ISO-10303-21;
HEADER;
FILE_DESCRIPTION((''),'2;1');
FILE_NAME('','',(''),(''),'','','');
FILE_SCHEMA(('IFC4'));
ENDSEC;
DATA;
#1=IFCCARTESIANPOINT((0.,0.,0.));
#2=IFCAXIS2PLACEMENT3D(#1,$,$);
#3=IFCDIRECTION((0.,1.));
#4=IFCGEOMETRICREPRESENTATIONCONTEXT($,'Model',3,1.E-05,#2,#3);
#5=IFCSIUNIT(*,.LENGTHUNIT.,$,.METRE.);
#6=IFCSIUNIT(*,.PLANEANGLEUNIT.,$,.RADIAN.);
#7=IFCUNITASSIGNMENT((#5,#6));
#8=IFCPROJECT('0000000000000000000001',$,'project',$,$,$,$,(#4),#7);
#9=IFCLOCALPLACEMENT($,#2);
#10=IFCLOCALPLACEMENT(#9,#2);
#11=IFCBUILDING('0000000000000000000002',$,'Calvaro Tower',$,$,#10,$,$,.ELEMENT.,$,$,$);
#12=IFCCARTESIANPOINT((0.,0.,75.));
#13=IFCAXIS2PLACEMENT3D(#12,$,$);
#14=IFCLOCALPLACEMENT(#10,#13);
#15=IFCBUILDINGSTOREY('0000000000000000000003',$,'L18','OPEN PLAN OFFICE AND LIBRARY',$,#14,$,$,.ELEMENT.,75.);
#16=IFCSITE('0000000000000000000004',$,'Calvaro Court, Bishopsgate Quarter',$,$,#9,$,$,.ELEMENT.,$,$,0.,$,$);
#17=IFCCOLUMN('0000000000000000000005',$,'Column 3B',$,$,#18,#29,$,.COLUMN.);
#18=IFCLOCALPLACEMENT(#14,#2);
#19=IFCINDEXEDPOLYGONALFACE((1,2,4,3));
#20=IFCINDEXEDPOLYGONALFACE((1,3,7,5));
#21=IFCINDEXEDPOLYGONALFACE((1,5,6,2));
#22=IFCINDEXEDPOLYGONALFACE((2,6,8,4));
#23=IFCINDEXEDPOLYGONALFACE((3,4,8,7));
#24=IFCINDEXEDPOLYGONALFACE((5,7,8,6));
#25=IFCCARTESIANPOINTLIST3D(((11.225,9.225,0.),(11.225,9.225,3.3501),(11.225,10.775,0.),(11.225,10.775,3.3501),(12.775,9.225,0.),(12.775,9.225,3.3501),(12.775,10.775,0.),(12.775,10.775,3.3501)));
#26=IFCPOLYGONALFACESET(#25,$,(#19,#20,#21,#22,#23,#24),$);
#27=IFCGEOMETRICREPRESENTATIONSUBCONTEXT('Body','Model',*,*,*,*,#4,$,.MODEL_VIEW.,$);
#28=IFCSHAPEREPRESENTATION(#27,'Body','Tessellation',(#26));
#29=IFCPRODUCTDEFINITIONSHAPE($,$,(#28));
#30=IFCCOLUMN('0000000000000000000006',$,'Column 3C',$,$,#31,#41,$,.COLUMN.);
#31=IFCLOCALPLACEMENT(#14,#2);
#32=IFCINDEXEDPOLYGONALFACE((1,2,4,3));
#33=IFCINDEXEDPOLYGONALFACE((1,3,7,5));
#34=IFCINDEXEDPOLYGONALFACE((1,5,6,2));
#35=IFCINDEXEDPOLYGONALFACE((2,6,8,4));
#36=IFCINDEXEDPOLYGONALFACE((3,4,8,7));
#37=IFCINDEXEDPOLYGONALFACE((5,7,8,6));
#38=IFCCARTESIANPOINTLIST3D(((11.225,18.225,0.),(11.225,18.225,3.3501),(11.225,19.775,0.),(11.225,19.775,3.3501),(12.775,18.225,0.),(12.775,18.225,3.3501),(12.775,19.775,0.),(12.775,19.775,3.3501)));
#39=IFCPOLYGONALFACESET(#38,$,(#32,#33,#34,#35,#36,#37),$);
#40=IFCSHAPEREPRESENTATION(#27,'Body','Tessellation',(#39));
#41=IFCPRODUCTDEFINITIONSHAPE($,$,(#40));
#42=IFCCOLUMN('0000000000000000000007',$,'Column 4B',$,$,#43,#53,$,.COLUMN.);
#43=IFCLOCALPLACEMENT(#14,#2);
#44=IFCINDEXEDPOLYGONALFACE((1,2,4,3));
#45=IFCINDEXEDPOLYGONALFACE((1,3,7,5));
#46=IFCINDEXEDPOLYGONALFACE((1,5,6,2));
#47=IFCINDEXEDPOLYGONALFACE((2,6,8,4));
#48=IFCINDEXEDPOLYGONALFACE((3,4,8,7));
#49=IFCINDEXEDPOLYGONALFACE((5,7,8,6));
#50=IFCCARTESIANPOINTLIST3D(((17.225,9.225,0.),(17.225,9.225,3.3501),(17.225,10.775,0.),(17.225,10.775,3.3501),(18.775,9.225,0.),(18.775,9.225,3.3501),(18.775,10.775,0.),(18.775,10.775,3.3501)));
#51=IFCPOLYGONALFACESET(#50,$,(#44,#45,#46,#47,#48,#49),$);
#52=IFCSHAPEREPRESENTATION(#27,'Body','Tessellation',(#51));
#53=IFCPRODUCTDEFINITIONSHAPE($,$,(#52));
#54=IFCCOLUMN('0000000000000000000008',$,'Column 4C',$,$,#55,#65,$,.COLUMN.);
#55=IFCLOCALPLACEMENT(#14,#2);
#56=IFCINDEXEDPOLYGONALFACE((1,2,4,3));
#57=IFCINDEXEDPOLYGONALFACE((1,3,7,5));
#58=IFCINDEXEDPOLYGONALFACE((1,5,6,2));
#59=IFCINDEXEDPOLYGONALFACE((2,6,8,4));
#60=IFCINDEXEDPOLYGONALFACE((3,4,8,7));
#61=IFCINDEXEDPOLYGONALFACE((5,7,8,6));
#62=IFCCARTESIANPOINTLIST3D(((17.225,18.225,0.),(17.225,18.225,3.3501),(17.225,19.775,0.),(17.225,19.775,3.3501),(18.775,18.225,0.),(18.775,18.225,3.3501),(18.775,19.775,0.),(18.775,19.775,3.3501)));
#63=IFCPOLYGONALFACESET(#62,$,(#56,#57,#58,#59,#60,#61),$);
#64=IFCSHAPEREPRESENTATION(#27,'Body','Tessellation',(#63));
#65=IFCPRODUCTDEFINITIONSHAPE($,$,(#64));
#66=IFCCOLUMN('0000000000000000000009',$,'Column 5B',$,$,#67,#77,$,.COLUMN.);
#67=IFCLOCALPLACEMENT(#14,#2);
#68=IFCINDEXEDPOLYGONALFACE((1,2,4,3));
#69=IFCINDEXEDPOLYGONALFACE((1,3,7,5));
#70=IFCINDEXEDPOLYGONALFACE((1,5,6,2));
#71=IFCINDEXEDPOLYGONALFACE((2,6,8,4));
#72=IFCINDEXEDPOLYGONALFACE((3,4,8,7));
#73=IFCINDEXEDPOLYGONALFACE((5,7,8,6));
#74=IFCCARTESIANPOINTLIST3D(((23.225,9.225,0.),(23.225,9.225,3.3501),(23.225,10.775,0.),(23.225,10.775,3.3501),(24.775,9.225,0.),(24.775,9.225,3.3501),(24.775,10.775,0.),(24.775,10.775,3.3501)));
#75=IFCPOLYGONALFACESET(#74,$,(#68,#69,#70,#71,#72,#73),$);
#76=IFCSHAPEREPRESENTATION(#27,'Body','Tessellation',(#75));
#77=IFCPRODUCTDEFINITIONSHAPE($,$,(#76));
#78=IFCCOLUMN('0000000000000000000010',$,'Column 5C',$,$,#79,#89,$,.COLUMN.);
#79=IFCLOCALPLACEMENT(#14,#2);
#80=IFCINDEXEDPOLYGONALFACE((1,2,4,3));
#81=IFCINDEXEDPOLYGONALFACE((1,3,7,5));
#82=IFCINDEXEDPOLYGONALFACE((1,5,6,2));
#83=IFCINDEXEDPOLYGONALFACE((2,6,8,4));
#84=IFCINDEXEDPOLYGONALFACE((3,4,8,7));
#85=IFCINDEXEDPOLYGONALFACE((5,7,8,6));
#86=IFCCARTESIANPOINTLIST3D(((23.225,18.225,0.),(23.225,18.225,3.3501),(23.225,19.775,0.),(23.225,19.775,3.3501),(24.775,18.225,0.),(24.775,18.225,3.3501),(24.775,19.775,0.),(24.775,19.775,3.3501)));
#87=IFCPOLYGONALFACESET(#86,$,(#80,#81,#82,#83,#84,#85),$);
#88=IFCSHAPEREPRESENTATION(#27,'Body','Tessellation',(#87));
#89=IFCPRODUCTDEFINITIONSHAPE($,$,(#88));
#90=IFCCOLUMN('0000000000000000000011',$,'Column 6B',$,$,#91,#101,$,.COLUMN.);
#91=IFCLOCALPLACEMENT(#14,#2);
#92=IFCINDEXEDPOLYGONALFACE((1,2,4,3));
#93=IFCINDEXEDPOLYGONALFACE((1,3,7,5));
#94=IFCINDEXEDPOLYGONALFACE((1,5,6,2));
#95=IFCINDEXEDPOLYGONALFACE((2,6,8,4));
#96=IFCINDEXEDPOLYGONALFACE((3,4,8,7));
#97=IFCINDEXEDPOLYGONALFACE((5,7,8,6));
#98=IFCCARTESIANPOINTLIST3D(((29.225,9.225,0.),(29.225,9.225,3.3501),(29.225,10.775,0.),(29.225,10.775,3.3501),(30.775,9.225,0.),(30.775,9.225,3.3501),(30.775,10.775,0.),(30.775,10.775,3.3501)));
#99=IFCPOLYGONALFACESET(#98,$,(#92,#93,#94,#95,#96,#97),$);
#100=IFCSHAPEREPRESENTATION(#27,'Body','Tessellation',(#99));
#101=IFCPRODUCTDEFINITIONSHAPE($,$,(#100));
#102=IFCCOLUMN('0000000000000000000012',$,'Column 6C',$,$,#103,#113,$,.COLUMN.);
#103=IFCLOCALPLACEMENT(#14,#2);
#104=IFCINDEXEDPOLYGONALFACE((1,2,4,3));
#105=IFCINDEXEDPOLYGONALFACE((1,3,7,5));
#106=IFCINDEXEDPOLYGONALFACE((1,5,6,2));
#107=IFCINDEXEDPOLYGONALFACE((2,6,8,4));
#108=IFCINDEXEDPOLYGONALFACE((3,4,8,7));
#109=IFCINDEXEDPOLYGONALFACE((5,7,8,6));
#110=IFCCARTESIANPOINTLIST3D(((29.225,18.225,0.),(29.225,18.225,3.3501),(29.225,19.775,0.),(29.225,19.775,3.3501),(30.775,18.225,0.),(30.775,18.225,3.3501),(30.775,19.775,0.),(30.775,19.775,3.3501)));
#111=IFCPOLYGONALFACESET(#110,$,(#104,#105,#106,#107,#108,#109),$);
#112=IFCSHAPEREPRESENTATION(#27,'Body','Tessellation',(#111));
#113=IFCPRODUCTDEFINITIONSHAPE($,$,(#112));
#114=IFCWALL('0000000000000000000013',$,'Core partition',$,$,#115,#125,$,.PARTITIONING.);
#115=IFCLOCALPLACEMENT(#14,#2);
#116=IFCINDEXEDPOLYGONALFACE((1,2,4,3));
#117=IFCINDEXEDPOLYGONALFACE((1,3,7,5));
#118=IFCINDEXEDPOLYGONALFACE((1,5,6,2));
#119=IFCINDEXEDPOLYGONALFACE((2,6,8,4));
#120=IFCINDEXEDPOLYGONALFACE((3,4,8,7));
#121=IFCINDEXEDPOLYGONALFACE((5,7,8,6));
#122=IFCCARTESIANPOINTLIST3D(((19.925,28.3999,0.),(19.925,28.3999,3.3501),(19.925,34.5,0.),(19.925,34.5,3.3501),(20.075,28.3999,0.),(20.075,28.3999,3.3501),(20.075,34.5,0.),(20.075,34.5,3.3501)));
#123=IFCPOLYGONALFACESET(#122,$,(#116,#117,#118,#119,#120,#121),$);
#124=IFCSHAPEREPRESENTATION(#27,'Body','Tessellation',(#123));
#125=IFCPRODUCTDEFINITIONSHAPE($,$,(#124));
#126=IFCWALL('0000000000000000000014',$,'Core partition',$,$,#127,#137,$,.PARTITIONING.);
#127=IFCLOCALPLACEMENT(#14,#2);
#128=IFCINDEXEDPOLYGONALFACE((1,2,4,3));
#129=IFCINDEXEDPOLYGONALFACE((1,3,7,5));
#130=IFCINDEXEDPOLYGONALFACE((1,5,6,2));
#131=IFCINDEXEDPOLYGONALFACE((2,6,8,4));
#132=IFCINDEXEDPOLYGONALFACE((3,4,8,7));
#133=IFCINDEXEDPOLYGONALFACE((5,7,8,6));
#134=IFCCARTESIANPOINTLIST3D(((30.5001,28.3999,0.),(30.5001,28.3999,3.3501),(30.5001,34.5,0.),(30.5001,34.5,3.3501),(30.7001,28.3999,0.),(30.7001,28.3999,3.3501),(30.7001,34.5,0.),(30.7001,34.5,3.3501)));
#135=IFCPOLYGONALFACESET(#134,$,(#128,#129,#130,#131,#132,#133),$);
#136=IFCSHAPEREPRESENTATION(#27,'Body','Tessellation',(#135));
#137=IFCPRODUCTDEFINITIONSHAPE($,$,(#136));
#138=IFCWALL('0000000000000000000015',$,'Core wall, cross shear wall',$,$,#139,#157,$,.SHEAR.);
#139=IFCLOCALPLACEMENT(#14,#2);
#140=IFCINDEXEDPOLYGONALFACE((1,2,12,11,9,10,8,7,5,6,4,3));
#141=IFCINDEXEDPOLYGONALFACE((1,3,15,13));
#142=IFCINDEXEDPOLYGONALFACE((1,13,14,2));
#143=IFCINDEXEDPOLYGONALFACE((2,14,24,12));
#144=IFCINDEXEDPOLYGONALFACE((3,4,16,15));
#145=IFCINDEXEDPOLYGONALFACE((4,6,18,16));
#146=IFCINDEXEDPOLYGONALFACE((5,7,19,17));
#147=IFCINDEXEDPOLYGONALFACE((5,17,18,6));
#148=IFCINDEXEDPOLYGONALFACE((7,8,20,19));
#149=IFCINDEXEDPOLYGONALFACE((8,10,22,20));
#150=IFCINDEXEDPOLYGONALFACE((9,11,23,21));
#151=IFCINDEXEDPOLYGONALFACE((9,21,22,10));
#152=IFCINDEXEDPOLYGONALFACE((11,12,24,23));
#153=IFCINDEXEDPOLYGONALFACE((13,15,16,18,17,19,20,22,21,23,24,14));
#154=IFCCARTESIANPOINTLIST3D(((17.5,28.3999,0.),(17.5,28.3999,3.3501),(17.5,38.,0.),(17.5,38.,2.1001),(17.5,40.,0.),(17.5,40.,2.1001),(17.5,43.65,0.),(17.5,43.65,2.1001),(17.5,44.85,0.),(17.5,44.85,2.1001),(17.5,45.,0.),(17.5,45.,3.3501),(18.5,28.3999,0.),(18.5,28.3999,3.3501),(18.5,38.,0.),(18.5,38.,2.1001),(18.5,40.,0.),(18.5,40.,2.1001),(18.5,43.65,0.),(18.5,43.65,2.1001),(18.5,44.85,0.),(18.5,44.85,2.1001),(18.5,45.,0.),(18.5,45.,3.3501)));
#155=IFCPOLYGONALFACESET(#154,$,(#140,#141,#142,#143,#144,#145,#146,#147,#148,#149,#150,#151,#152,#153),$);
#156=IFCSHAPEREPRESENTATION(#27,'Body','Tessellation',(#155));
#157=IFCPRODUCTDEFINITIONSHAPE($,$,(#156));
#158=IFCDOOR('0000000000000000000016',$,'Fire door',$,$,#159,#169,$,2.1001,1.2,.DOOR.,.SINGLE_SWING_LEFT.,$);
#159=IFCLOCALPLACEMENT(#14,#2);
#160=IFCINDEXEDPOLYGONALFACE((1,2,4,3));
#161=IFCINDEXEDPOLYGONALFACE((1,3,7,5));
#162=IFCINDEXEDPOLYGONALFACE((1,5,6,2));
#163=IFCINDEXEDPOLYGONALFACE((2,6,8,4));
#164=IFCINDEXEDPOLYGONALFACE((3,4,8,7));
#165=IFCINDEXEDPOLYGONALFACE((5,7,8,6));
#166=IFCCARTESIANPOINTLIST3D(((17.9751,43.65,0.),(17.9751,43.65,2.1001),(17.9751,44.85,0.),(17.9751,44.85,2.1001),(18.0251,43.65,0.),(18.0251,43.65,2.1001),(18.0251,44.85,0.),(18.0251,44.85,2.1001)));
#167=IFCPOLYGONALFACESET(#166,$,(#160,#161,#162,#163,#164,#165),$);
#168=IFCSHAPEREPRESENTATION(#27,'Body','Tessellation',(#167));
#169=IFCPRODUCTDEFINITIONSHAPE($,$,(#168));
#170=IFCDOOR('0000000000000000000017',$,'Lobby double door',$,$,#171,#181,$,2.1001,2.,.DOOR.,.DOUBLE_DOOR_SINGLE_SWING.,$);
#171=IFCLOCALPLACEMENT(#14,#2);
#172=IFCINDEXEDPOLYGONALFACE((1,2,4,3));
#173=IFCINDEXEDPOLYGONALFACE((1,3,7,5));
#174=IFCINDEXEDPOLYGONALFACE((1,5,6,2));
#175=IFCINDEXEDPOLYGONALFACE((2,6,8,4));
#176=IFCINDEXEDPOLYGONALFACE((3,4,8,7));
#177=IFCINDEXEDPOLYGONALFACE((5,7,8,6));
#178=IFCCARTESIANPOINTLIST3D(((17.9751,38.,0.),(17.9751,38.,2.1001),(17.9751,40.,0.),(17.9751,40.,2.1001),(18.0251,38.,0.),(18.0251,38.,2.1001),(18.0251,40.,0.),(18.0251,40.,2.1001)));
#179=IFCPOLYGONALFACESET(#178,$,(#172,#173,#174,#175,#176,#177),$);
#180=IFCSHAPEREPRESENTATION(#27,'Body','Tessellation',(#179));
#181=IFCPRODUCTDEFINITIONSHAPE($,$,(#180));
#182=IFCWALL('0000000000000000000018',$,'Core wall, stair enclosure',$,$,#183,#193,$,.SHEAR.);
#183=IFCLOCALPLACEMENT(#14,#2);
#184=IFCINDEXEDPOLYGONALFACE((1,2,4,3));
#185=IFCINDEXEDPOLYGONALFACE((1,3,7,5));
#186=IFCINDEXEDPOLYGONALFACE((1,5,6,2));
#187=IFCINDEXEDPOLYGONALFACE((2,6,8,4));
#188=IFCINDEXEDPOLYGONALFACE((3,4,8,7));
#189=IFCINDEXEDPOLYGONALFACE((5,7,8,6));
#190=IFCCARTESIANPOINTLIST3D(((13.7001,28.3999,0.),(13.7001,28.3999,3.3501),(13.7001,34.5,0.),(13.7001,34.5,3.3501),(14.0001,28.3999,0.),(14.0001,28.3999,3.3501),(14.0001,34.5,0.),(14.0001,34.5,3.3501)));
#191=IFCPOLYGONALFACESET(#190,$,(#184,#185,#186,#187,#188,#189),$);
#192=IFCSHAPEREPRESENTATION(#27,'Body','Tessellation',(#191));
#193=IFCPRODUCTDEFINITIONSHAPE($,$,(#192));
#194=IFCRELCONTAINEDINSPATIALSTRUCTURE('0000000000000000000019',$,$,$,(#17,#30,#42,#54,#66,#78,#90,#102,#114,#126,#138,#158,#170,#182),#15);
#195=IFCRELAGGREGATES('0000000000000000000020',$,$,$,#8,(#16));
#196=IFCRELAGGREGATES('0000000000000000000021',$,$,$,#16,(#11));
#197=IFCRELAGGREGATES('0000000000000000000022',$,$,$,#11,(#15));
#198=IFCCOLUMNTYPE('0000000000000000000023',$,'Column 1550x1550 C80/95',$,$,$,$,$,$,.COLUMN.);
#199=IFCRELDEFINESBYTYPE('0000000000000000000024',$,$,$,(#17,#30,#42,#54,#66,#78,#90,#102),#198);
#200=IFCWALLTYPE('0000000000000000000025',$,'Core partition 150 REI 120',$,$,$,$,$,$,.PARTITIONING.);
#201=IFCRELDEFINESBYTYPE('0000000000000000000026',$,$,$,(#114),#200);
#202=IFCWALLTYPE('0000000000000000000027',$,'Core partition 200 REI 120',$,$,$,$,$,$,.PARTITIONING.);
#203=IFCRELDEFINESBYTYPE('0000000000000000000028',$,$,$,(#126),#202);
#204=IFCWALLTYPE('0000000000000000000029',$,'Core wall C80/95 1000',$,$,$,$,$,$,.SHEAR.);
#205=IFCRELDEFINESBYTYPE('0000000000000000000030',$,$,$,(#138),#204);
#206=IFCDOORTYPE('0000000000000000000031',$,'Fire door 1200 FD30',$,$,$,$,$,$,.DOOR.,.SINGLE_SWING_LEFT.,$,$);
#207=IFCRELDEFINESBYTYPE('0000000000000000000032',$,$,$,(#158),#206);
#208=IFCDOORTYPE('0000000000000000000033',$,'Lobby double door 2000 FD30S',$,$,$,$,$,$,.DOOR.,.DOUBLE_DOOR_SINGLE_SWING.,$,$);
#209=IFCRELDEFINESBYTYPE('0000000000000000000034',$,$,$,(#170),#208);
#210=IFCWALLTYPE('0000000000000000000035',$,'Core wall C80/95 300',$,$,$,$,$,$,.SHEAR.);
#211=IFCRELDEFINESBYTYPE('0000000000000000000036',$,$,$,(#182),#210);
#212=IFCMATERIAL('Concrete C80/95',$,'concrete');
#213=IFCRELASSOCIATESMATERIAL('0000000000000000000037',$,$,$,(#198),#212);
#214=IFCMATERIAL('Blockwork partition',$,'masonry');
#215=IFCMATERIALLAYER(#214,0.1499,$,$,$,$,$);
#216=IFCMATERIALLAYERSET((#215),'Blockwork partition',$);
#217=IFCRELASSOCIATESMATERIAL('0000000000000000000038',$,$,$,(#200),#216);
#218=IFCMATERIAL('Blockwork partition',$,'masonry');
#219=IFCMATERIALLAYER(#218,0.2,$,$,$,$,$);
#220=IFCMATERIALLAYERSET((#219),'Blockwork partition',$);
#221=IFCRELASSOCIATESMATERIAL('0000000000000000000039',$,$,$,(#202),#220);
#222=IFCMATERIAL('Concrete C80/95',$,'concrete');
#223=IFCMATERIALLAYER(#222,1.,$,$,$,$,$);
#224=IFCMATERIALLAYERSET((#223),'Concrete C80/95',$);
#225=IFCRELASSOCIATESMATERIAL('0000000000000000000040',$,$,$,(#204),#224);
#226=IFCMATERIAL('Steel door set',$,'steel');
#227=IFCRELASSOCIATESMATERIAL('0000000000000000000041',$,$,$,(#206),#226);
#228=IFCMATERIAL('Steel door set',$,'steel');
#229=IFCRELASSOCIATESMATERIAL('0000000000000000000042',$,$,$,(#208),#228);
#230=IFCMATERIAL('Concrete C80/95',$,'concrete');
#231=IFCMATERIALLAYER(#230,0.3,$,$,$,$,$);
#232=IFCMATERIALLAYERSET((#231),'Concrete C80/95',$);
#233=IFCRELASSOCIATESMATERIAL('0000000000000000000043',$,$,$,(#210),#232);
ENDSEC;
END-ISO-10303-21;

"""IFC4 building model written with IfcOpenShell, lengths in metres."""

from ifc_helpers import new_model, si_unit, direction, frame, frame_2d, origin, origin_2d, place, context, subcontext, project, spatial, rectangle, extrude, material, layer, layer_set, material_profile, profile_set, type_object, element, fill, save


model = new_model("IFC4")

# Units and contexts
model_context = context("Model", 3, precision=1e-05, world=origin(), true_north=direction((0.0, 1.0)))
body_context = subcontext(model_context, "Body", "Model", "MODEL_VIEW")
ifc_project = project(units=[si_unit("LENGTHUNIT", "METRE"), si_unit("PLANEANGLEUNIT", "RADIAN")], contexts=[model_context])

# Site, building, storey
site_placement = place(None, origin())
site = spatial("IfcSite", under=ifc_project, at=site_placement, Name="Calvaro Court, Bishopsgate Quarter", CompositionType="ELEMENT", RefElevation=0.0)
building_placement = place(site_placement, origin())
building = spatial("IfcBuilding", under=site, at=building_placement, Name="Calvaro Tower", CompositionType="ELEMENT")
storey_placement = place(building_placement, frame((0.0, 0.0, 75.0)))
storey = spatial("IfcBuildingStorey", under=building, at=storey_placement, Name="L18", Description="OPEN PLAN OFFICE AND LIBRARY", CompositionType="ELEMENT", Elevation=75.0)

# Columns
ifc_material_1 = material(Name="Concrete C80/95", Category="concrete")
ifc_material_profile = material_profile(ifc_material_1, rectangle(XDim=1.55, YDim=1.55, at=origin_2d()), Name="RC 1550x1550")
ifc_profile_set = profile_set([ifc_material_profile], Name="Concrete C80/95")
column_type = type_object("IfcColumnType", Name="Column 1550x1550 C80/95", PredefinedType="COLUMN", material=ifc_profile_set)
for number, where, z_axis, x_axis, name in (
    (1, (12.0, 10.0, 0.0), (0.0, 0.0, 1.0), (1.0, 0.0, 0.0), "Column 3B"),
    (2, (12.0, 19.0, 0.0), (0.0, 0.0, 1.0), (1.0, 0.0, 0.0), "Column 3C"),
    (3, (18.0, 10.0, 0.0), (0.0, 0.0, 1.0), (1.0, 0.0, 0.0), "Column 4B"),
    (4, (18.0, 19.0, 0.0), (0.0, 0.0, 1.0), (1.0, 0.0, 0.0), "Column 4C"),
    (5, (24.0, 10.0, 0.0), (0.0, 0.0, 1.0), (1.0, 0.0, 0.0), "Column 5B"),
    (6, (24.0, 19.0, 0.0), (0.0, 0.0, 1.0), (1.0, 0.0, 0.0), "Column 5C"),
    (7, (30.0, 10.0, 0.0), (0.0, 0.0, 1.0), (1.0, 0.0, 0.0), "Column 6B"),
    (8, (30.0, 19.0, 0.0), (0.0, 0.0, 1.0), (1.0, 0.0, 0.0), "Column 6C"),
):
    element("IfcColumn", number, at=place(storey_placement, frame(where, z_axis=z_axis, x_axis=x_axis)), inside=storey, type_object=column_type, Name=name, PredefinedType="COLUMN", context=body_context, shape_type="SweptSolid", body=[
        extrude(rectangle(XDim=1.55, YDim=1.55, at=origin_2d()), origin(), (0.0, 0.0, 1.0), 3.3501),
    ])

# Walls
ifc_material_2 = material(Name="Blockwork partition", Category="masonry")
ifc_layer_1 = layer(ifc_material_2, 0.1499)
ifc_layer_set_1 = layer_set([ifc_layer_1], Name="Blockwork partition")
wall_type_1 = type_object("IfcWallType", Name="Core partition 150 REI 120", PredefinedType="PARTITIONING", material=ifc_layer_set_1)
wall_1_placement = place(storey_placement, frame((20.0, 28.3999, 0.0), z_axis=(0.0, 0.0, 1.0), x_axis=(0.0, 1.0, 0.0)))
element("IfcWall", 9, at=wall_1_placement, inside=storey, type_object=wall_type_1, Name="Core partition", PredefinedType="PARTITIONING", context=body_context, shape_type="SweptSolid", body=[
    extrude(rectangle(XDim=6.1001, YDim=0.1499, at=frame_2d((3.05, 0.0))), origin(), (0.0, 0.0, 1.0), 3.3501),
])
ifc_material_3 = material(Name="Blockwork partition", Category="masonry")
ifc_layer_2 = layer(ifc_material_3, 0.2)
ifc_layer_set_2 = layer_set([ifc_layer_2], Name="Blockwork partition")
wall_type_2 = type_object("IfcWallType", Name="Core partition 200 REI 120", PredefinedType="PARTITIONING", material=ifc_layer_set_2)
wall_2_placement = place(storey_placement, frame((30.6001, 28.3999, 0.0), z_axis=(0.0, 0.0, 1.0), x_axis=(0.0, 1.0, 0.0)))
element("IfcWall", 10, at=wall_2_placement, inside=storey, type_object=wall_type_2, Name="Core partition", PredefinedType="PARTITIONING", context=body_context, shape_type="SweptSolid", body=[
    extrude(rectangle(XDim=6.1001, YDim=0.2, at=frame_2d((3.05, 0.0))), origin(), (0.0, 0.0, 1.0), 3.3501),
])

# Wall, openings, doors
ifc_material_4 = material(Name="Concrete C80/95", Category="concrete")
ifc_layer_3 = layer(ifc_material_4, 1.0)
ifc_layer_set_3 = layer_set([ifc_layer_3], Name="Concrete C80/95")
wall_type_3 = type_object("IfcWallType", Name="Core wall C80/95 1000", PredefinedType="SHEAR", material=ifc_layer_set_3)
wall_3_placement = place(storey_placement, frame((18.0, 28.3999, 0.0), z_axis=(0.0, 0.0, 1.0), x_axis=(0.0, 1.0, 0.0)))
wall_3 = element("IfcWall", 11, at=wall_3_placement, inside=storey, type_object=wall_type_3, Name="Core wall, cross shear wall", PredefinedType="SHEAR", context=body_context, shape_type="SweptSolid", body=[
    extrude(rectangle(XDim=16.6001, YDim=1.0, at=frame_2d((8.3, 0.0))), origin(), (0.0, 0.0, 1.0), 3.3501),
])
opening_1_placement = place(wall_3_placement, frame((9.6001, 0.0, 0.0)))
opening_1 = element("IfcOpeningElement", 12, at=opening_1_placement, cuts=wall_3, PredefinedType="OPENING", context=body_context, shape_type="SweptSolid", body=[
    extrude(rectangle(XDim=2.0, YDim=2.1001, at=frame_2d((1.0, 1.05))), frame((0.0, 0.51, 0.0), z_axis=(0.0, -1.0, 0.0), x_axis=(1.0, 0.0, 0.0)), (0.0, 0.0, 1.0), 1.02),
])
opening_2_placement = place(wall_3_placement, frame((15.25, 0.0, 0.0)))
opening_2 = element("IfcOpeningElement", 13, at=opening_2_placement, cuts=wall_3, PredefinedType="OPENING", context=body_context, shape_type="SweptSolid", body=[
    extrude(rectangle(XDim=1.2, YDim=2.1001, at=frame_2d((0.6001, 1.05))), frame((0.0, 0.51, 0.0), z_axis=(0.0, -1.0, 0.0), x_axis=(1.0, 0.0, 0.0)), (0.0, 0.0, 1.0), 1.02),
])
ifc_material_5 = material(Name="Steel door set", Category="steel")
door_type_1 = type_object("IfcDoorType", Name="Fire door 1200 FD30", OperationType="SINGLE_SWING_LEFT", PredefinedType="DOOR", material=ifc_material_5)
door_1_placement = place(opening_2_placement, origin())
door_1 = element("IfcDoor", 14, at=door_1_placement, inside=storey, type_object=door_type_1, Name="Fire door", OperationType="SINGLE_SWING_LEFT", OverallHeight=2.1001, OverallWidth=1.2, PredefinedType="DOOR", context=body_context, shape_type="SweptSolid", body=[
    extrude(rectangle(XDim=1.2, YDim=2.1001, at=frame_2d((0.6001, 1.05))), frame((0.0, 0.0249, 0.0), z_axis=(0.0, -1.0, 0.0), x_axis=(1.0, 0.0, 0.0)), (0.0, 0.0, 1.0), 0.05),
])
fill(opening_2, door_1)
ifc_material_6 = material(Name="Steel door set", Category="steel")
door_type_2 = type_object("IfcDoorType", Name="Lobby double door 2000 FD30S", OperationType="DOUBLE_DOOR_SINGLE_SWING", PredefinedType="DOOR", material=ifc_material_6)
door_2_placement = place(opening_1_placement, origin())
door_2 = element("IfcDoor", 15, at=door_2_placement, inside=storey, type_object=door_type_2, Name="Lobby double door", OperationType="DOUBLE_DOOR_SINGLE_SWING", OverallHeight=2.1001, OverallWidth=2.0, PredefinedType="DOOR", context=body_context, shape_type="SweptSolid", body=[
    extrude(rectangle(XDim=2.0, YDim=2.1001, at=frame_2d((1.0, 1.05))), frame((0.0, 0.0249, 0.0), z_axis=(0.0, -1.0, 0.0), x_axis=(1.0, 0.0, 0.0)), (0.0, 0.0, 1.0), 0.05),
])
fill(opening_1, door_2)

# Wall
ifc_material_7 = material(Name="Concrete C80/95", Category="concrete")
ifc_layer_4 = layer(ifc_material_7, 0.3)
ifc_layer_set_4 = layer_set([ifc_layer_4], Name="Concrete C80/95")
wall_type_4 = type_object("IfcWallType", Name="Core wall C80/95 300", PredefinedType="SHEAR", material=ifc_layer_set_4)
for number, where, z_axis, x_axis, name in (
    (16, (13.8501, 28.3999, 0.0), (0.0, 0.0, 1.0), (0.0, 1.0, 0.0), "Core wall, stair enclosure"),
):
    element("IfcWall", number, at=place(storey_placement, frame(where, z_axis=z_axis, x_axis=x_axis)), inside=storey, type_object=wall_type_4, Name=name, PredefinedType="SHEAR", context=body_context, shape_type="SweptSolid", body=[
        extrude(rectangle(XDim=6.1001, YDim=0.3, at=frame_2d((3.05, 0.0))), origin(), (0.0, 0.0, 1.0), 3.3501),
    ])

save(model, "model.ifc")
